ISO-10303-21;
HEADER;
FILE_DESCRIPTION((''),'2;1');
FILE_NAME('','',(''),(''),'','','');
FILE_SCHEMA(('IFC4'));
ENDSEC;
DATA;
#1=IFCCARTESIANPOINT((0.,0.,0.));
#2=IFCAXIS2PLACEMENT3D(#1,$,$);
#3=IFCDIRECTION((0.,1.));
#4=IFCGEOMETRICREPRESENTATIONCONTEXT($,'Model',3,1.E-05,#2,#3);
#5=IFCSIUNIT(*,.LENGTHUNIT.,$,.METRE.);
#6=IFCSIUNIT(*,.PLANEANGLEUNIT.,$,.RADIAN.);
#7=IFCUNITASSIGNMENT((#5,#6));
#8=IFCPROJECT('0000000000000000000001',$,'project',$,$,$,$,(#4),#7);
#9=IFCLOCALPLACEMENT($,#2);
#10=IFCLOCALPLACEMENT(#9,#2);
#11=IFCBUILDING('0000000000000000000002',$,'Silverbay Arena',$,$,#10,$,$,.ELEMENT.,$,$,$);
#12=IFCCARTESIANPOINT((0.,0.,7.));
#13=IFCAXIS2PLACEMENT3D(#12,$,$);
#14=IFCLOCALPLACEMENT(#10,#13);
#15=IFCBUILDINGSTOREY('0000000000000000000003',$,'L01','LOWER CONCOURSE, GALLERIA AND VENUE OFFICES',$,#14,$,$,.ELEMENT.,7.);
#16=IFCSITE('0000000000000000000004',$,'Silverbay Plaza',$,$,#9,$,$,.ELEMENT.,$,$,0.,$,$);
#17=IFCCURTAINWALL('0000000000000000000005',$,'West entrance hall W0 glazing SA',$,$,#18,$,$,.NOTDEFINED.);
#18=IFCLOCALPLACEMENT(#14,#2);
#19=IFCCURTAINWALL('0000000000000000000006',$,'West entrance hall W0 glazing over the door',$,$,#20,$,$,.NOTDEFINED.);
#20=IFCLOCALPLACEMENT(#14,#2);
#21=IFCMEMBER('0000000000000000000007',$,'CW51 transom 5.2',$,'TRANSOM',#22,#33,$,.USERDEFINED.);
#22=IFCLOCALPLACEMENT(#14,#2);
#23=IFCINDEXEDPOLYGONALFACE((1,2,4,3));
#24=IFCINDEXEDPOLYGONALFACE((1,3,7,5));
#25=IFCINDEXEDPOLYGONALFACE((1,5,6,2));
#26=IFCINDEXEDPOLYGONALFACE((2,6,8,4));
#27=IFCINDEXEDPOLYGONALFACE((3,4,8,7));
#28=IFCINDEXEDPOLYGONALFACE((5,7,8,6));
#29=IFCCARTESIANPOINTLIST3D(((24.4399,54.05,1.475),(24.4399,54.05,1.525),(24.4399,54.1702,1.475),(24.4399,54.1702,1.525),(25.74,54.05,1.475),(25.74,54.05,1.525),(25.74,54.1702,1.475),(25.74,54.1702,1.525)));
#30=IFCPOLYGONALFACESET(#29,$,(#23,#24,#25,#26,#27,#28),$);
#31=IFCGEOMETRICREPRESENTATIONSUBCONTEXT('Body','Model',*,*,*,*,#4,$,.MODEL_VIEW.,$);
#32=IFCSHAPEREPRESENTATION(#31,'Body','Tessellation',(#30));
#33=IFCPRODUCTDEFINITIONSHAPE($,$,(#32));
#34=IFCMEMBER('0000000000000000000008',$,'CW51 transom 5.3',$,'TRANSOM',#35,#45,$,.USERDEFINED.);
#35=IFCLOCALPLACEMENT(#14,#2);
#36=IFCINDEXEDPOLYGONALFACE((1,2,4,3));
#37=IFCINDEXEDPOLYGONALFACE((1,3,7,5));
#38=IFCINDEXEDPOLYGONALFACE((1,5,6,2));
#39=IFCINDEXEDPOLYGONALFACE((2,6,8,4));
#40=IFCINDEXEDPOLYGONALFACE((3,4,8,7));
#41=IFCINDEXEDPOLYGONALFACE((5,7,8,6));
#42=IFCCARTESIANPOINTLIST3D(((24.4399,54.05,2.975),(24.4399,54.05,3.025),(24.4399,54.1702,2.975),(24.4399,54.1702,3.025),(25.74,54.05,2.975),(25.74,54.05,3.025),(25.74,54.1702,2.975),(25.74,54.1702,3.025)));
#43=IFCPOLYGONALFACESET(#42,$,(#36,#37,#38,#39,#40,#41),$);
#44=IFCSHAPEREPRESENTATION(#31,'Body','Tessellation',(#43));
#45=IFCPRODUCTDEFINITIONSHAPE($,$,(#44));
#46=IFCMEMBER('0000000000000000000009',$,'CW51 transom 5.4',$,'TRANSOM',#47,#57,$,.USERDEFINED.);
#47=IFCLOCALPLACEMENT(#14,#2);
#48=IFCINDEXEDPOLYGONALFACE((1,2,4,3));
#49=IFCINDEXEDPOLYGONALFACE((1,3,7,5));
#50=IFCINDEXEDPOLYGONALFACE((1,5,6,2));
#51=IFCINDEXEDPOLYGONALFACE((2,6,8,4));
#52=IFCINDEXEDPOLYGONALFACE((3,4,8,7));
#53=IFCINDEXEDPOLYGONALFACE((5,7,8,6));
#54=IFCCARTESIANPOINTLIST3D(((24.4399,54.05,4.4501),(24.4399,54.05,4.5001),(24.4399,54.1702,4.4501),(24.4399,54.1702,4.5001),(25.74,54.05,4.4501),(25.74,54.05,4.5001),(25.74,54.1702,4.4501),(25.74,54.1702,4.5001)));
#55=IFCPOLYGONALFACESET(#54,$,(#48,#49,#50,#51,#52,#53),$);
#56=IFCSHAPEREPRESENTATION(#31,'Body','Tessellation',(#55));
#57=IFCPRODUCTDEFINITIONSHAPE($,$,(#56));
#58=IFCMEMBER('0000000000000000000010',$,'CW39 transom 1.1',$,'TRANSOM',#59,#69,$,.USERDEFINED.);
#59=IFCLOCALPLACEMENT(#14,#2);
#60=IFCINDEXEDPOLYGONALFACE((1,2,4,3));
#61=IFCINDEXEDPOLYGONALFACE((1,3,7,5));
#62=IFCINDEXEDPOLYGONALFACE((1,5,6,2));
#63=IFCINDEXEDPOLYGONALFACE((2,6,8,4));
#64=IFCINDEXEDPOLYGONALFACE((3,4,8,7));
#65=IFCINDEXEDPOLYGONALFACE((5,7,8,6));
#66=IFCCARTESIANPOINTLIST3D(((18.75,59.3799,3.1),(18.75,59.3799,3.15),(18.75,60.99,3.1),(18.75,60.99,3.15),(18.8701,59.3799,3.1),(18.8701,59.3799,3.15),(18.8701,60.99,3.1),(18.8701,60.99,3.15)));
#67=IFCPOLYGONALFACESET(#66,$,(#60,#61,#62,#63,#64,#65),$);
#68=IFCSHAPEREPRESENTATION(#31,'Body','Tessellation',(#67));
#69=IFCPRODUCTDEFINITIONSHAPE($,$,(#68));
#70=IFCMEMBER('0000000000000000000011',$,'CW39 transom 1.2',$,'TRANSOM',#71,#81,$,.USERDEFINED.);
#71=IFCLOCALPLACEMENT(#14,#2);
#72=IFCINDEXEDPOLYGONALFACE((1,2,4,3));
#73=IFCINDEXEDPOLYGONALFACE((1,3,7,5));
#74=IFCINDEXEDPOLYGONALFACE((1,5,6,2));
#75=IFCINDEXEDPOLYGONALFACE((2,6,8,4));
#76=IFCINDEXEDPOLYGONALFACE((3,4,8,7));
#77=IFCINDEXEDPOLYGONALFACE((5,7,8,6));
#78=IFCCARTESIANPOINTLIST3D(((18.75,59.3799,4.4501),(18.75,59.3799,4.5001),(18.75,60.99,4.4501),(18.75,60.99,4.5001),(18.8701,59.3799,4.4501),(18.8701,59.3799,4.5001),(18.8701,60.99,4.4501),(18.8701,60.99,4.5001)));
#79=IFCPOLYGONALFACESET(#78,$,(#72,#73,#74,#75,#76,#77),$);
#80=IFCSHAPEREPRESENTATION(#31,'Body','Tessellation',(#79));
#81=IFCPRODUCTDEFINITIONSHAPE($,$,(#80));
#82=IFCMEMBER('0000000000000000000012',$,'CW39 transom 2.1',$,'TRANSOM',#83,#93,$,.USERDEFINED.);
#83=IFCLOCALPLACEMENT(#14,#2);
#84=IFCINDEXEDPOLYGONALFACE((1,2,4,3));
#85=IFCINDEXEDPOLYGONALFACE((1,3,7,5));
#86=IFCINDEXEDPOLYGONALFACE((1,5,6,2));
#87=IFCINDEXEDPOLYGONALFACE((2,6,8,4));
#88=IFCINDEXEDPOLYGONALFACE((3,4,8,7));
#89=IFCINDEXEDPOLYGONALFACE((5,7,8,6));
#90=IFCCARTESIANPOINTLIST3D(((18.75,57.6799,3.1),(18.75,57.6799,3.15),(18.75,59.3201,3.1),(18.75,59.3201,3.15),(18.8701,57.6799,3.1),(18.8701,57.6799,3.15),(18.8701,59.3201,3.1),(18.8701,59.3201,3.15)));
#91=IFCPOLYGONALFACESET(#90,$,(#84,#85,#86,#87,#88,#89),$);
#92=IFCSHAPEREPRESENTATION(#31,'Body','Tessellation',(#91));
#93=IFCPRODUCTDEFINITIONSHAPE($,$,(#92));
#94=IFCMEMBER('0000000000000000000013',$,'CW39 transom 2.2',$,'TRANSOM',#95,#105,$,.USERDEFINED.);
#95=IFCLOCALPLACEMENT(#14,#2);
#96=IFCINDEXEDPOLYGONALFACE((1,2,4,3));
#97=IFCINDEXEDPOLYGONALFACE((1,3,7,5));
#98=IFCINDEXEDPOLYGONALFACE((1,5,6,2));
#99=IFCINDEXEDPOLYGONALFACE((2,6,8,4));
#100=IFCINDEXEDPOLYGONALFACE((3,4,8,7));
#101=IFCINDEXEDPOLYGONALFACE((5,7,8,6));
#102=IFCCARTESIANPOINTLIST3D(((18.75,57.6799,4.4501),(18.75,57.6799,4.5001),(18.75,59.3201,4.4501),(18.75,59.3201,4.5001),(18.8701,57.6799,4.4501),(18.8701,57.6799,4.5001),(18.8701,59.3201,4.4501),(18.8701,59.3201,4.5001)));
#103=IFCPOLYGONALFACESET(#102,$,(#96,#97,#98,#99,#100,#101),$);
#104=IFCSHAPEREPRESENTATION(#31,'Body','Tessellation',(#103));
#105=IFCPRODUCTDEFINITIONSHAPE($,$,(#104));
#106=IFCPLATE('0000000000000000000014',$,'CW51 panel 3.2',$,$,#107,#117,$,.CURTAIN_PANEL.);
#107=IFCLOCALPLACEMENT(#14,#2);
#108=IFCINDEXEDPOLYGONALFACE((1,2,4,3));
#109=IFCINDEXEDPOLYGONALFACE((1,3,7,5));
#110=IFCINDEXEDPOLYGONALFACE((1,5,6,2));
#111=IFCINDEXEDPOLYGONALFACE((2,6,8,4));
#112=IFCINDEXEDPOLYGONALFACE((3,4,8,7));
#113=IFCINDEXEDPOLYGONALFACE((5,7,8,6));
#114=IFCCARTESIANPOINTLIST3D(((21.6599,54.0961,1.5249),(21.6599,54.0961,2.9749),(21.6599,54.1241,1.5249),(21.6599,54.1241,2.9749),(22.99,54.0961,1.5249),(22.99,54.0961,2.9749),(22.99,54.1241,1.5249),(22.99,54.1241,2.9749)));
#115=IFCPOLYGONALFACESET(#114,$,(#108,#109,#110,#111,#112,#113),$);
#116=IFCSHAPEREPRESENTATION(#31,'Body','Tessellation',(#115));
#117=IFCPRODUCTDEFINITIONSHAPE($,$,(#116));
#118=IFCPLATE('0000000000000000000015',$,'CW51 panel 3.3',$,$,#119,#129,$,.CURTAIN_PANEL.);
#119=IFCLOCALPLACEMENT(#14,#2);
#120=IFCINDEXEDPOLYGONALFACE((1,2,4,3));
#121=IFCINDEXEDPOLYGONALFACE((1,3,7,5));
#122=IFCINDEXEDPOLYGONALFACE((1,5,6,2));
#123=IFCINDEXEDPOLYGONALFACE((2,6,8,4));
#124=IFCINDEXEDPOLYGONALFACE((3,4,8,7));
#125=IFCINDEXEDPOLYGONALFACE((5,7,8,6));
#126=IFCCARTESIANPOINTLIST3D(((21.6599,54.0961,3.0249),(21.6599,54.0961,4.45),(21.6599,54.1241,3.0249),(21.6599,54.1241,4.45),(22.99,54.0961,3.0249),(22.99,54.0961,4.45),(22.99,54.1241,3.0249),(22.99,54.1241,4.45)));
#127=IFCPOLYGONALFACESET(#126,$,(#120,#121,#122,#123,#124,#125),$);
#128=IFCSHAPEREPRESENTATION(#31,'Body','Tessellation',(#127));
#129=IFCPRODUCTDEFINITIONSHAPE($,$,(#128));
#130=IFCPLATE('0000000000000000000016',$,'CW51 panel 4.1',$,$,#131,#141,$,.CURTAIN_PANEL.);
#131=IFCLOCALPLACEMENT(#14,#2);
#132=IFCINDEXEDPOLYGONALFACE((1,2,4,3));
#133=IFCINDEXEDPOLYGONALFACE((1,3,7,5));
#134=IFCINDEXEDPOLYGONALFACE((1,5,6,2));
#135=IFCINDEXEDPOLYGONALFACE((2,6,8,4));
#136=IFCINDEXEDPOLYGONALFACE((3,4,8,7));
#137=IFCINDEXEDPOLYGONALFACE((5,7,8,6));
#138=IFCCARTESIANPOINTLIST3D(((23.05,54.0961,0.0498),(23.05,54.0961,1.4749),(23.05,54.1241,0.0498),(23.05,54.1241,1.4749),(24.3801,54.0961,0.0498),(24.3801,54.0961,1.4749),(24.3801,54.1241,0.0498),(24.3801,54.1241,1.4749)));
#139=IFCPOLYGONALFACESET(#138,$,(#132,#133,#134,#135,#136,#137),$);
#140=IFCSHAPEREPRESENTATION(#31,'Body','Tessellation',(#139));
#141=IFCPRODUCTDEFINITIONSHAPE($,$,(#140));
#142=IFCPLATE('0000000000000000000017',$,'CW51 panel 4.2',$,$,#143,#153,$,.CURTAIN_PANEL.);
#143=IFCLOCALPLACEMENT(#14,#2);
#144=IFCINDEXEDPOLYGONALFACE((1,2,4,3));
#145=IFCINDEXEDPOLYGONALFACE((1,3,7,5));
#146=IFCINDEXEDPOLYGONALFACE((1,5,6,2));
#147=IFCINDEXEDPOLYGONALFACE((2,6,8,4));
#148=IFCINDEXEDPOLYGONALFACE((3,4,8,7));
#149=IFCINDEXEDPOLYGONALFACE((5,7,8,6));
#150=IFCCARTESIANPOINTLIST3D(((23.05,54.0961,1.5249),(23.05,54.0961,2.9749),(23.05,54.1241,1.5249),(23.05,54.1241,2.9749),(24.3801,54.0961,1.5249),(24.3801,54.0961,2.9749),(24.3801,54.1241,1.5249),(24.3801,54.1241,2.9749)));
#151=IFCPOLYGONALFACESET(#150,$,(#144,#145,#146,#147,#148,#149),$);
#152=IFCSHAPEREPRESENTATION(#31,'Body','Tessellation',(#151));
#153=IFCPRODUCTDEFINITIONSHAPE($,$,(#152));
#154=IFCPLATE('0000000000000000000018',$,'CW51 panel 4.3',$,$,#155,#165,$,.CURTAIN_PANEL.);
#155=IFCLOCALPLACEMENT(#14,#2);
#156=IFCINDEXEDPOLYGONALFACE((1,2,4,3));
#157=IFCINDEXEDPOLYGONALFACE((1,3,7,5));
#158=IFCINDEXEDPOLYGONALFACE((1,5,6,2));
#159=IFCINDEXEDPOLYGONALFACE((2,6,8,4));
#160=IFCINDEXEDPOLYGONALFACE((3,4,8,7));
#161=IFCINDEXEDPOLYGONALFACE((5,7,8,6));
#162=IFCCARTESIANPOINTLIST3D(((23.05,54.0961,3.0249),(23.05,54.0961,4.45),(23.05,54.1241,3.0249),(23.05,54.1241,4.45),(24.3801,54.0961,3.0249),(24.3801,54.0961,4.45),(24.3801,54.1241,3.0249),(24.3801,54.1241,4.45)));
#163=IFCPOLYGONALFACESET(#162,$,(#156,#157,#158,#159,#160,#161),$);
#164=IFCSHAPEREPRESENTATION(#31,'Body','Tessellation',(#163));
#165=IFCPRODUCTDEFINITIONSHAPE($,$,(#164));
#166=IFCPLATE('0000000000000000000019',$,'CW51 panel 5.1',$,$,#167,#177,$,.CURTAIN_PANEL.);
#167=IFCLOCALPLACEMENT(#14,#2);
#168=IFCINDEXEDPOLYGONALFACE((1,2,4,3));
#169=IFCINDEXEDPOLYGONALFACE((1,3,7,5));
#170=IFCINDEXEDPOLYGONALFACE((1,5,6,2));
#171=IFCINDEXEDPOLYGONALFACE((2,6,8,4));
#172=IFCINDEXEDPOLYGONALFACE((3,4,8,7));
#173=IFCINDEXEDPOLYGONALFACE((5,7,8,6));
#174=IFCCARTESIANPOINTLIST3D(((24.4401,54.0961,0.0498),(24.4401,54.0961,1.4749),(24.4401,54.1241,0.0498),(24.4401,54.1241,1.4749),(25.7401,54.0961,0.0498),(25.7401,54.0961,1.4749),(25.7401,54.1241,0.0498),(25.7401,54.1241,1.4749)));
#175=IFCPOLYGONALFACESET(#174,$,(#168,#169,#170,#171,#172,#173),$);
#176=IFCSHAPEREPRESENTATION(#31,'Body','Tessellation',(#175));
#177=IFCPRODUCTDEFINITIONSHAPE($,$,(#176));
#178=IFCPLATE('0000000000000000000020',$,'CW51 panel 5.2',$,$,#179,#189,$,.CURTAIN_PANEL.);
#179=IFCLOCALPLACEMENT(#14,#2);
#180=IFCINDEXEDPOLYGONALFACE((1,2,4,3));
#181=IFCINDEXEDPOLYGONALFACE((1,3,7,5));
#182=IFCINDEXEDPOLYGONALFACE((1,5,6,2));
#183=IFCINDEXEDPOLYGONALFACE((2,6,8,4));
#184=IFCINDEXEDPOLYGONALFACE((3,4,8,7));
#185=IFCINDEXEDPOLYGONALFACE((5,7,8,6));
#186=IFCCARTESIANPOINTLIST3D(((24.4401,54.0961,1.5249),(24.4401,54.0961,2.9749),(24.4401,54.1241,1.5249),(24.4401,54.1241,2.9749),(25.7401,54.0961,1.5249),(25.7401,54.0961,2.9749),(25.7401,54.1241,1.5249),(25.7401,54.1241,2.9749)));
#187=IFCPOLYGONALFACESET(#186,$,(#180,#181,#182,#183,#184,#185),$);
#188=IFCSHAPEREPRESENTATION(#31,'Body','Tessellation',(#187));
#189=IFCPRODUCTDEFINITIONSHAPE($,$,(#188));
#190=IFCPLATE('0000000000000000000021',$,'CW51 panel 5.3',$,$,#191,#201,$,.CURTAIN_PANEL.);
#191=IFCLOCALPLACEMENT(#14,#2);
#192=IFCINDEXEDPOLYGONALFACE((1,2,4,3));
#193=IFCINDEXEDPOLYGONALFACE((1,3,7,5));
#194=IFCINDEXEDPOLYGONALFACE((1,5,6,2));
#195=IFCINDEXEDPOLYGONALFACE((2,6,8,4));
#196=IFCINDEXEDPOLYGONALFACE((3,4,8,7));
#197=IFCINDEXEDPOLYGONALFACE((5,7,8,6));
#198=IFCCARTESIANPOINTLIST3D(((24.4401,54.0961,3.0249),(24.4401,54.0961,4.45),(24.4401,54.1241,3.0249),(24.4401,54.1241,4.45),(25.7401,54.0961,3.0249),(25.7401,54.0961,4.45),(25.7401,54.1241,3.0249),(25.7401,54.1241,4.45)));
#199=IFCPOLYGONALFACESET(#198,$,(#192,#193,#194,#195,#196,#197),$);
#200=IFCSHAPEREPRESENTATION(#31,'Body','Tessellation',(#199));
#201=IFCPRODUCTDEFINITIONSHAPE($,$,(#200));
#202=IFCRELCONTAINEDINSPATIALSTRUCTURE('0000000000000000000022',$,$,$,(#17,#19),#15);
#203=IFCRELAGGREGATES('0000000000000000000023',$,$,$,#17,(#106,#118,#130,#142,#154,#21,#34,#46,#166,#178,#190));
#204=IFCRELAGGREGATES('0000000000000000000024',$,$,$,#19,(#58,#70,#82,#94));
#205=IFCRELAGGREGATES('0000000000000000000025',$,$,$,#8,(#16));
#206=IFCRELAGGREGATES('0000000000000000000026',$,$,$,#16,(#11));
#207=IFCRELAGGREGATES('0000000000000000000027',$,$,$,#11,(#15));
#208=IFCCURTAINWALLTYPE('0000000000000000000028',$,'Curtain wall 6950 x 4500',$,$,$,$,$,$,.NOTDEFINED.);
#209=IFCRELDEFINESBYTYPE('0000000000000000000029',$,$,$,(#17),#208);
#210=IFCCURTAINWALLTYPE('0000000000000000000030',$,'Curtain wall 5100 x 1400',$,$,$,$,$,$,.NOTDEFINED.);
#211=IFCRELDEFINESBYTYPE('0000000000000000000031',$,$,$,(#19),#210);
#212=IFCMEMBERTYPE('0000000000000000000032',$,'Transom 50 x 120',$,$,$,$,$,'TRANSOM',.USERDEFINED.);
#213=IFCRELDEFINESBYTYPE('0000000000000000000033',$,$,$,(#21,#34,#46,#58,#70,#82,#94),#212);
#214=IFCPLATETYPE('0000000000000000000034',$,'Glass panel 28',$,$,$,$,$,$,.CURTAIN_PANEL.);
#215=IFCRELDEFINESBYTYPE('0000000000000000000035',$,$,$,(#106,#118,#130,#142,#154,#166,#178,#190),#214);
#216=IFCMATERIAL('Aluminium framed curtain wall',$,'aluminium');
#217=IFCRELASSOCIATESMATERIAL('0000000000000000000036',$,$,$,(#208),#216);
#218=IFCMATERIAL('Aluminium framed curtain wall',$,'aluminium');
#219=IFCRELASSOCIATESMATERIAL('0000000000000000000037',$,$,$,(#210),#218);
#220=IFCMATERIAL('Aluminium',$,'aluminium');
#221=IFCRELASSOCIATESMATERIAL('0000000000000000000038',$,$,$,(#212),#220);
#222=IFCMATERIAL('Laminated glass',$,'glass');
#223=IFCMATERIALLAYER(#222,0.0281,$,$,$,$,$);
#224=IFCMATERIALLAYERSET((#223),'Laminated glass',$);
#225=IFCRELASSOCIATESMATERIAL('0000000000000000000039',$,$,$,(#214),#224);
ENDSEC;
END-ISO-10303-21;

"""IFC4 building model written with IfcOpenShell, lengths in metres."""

from ifc_helpers import new_model, si_unit, direction, frame, origin, origin_2d, place, context, subcontext, project, spatial, rectangle, extrude, material, layer, layer_set, material_profile, profile_set, type_object, element, aggregate, save


model = new_model("IFC4")

# Units and contexts
model_context = context("Model", 3, precision=1e-05, world=origin(), true_north=direction((0.0, 1.0)))
body_context = subcontext(model_context, "Body", "Model", "MODEL_VIEW")
ifc_project = project(units=[si_unit("LENGTHUNIT", "METRE"), si_unit("PLANEANGLEUNIT", "RADIAN")], contexts=[model_context])

# Site, building, storey
site_placement = place(None, origin())
site = spatial("IfcSite", under=ifc_project, at=site_placement, Name="Silverbay Plaza", CompositionType="ELEMENT", RefElevation=0.0)
building_placement = place(site_placement, origin())
building = spatial("IfcBuilding", under=site, at=building_placement, Name="Silverbay Arena", CompositionType="ELEMENT")
storey_placement = place(building_placement, frame((0.0, 0.0, 7.0)))
storey = spatial("IfcBuildingStorey", under=building, at=storey_placement, Name="L01", Description="LOWER CONCOURSE, GALLERIA AND VENUE OFFICES", CompositionType="ELEMENT", Elevation=7.0)

# Curtain walls
ifc_material_1 = material(Name="Aluminium framed curtain wall", Category="aluminium")
curtain_wall_type_1 = type_object("IfcCurtainWallType", Name="Curtain wall 6950 x 4500", PredefinedType="NOTDEFINED", material=ifc_material_1)
curtain_wall_1_placement = place(storey_placement, origin())
curtain_wall_1 = element("IfcCurtainWall", 1, at=curtain_wall_1_placement, inside=storey, type_object=curtain_wall_type_1, Name="West entrance hall W0 glazing SA", PredefinedType="NOTDEFINED")
ifc_material_2 = material(Name="Aluminium framed curtain wall", Category="aluminium")
curtain_wall_type_2 = type_object("IfcCurtainWallType", Name="Curtain wall 5100 x 1400", PredefinedType="NOTDEFINED", material=ifc_material_2)
curtain_wall_2_placement = place(storey_placement, origin())
curtain_wall_2 = element("IfcCurtainWall", 2, at=curtain_wall_2_placement, inside=storey, type_object=curtain_wall_type_2, Name="West entrance hall W0 glazing over the door", PredefinedType="NOTDEFINED")

# Members
ifc_material_3 = material(Name="Aluminium", Category="aluminium")
ifc_material_profile_1 = material_profile(ifc_material_3, rectangle(XDim=0.1201, YDim=0.05, at=origin_2d()), Name="Transom 50 x 120")
ifc_profile_set_1 = profile_set([ifc_material_profile_1], Name="Aluminium")
member_type_1 = type_object("IfcMemberType", Name="Transom 50 x 120", ElementType="TRANSOM", PredefinedType="USERDEFINED", material=ifc_profile_set_1)
member_1_placement = place(storey_placement, frame((24.4399, 54.1101, 1.5), z_axis=(1.0, 0.0, 0.0), x_axis=(0.0, 1.0, 0.0)))
member_1 = element("IfcMember", 3, at=member_1_placement, type_object=member_type_1, Name="CW51 transom 5.2", ObjectType="TRANSOM", PredefinedType="USERDEFINED", context=body_context, shape_type="SweptSolid", body=[
    extrude(rectangle(XDim=0.1201, YDim=0.05, at=origin_2d()), origin(), (0.0, 0.0, 1.0), 1.3),
])
member_2_placement = place(storey_placement, frame((24.4399, 54.1101, 3.0), z_axis=(1.0, 0.0, 0.0), x_axis=(0.0, 1.0, 0.0)))
member_2 = element("IfcMember", 4, at=member_2_placement, type_object=member_type_1, Name="CW51 transom 5.3", ObjectType="TRANSOM", PredefinedType="USERDEFINED", context=body_context, shape_type="SweptSolid", body=[
    extrude(rectangle(XDim=0.1201, YDim=0.05, at=origin_2d()), origin(), (0.0, 0.0, 1.0), 1.3),
])
member_3_placement = place(storey_placement, frame((24.4399, 54.1101, 4.4751), z_axis=(1.0, 0.0, 0.0), x_axis=(0.0, 1.0, 0.0)))
member_3 = element("IfcMember", 5, at=member_3_placement, type_object=member_type_1, Name="CW51 transom 5.4", ObjectType="TRANSOM", PredefinedType="USERDEFINED", context=body_context, shape_type="SweptSolid", body=[
    extrude(rectangle(XDim=0.1201, YDim=0.05, at=origin_2d()), origin(), (0.0, 0.0, 1.0), 1.3),
])
member_4_placement = place(storey_placement, frame((18.8101, 60.99, 3.125), z_axis=(0.0, -1.0, 0.0), x_axis=(1.0, 0.0, 0.0)))
member_4 = element("IfcMember", 6, at=member_4_placement, type_object=member_type_1, Name="CW39 transom 1.1", ObjectType="TRANSOM", PredefinedType="USERDEFINED", context=body_context, shape_type="SweptSolid", body=[
    extrude(rectangle(XDim=0.1201, YDim=0.05, at=origin_2d()), origin(), (0.0, 0.0, 1.0), 1.6101),
])
member_5_placement = place(storey_placement, frame((18.8101, 60.99, 4.4751), z_axis=(0.0, -1.0, 0.0), x_axis=(1.0, 0.0, 0.0)))
member_5 = element("IfcMember", 7, at=member_5_placement, type_object=member_type_1, Name="CW39 transom 1.2", ObjectType="TRANSOM", PredefinedType="USERDEFINED", context=body_context, shape_type="SweptSolid", body=[
    extrude(rectangle(XDim=0.1201, YDim=0.05, at=origin_2d()), origin(), (0.0, 0.0, 1.0), 1.6101),
])
member_6_placement = place(storey_placement, frame((18.8101, 59.3201, 3.125), z_axis=(0.0, -1.0, 0.0), x_axis=(1.0, 0.0, 0.0)))
member_6 = element("IfcMember", 8, at=member_6_placement, type_object=member_type_1, Name="CW39 transom 2.1", ObjectType="TRANSOM", PredefinedType="USERDEFINED", context=body_context, shape_type="SweptSolid", body=[
    extrude(rectangle(XDim=0.1201, YDim=0.05, at=origin_2d()), origin(), (0.0, 0.0, 1.0), 1.6401),
])
member_7_placement = place(storey_placement, frame((18.8101, 59.3201, 4.4751), z_axis=(0.0, -1.0, 0.0), x_axis=(1.0, 0.0, 0.0)))
member_7 = element("IfcMember", 9, at=member_7_placement, type_object=member_type_1, Name="CW39 transom 2.2", ObjectType="TRANSOM", PredefinedType="USERDEFINED", context=body_context, shape_type="SweptSolid", body=[
    extrude(rectangle(XDim=0.1201, YDim=0.05, at=origin_2d()), origin(), (0.0, 0.0, 1.0), 1.6401),
])

# Plates
ifc_material_4 = material(Name="Laminated glass", Category="glass")
ifc_layer = layer(ifc_material_4, 0.0281)
ifc_layer_set = layer_set([ifc_layer], Name="Laminated glass")
plate_type = type_object("IfcPlateType", Name="Glass panel 28", PredefinedType="CURTAIN_PANEL", material=ifc_layer_set)
plate_1_placement = place(storey_placement, frame((22.325, 54.1101, 1.5249), z_axis=(0.0, 0.0, 1.0), x_axis=(1.0, 0.0, 0.0)))
plate_1 = element("IfcPlate", 10, at=plate_1_placement, type_object=plate_type, Name="CW51 panel 3.2", PredefinedType="CURTAIN_PANEL", context=body_context, shape_type="SweptSolid", body=[
    extrude(rectangle(XDim=1.3301, YDim=0.0281, at=origin_2d()), origin(), (0.0, 0.0, 1.0), 1.45),
])
plate_2_placement = place(storey_placement, frame((22.325, 54.1101, 3.0249), z_axis=(0.0, 0.0, 1.0), x_axis=(1.0, 0.0, 0.0)))
plate_2 = element("IfcPlate", 11, at=plate_2_placement, type_object=plate_type, Name="CW51 panel 3.3", PredefinedType="CURTAIN_PANEL", context=body_context, shape_type="SweptSolid", body=[
    extrude(rectangle(XDim=1.3301, YDim=0.0281, at=origin_2d()), origin(), (0.0, 0.0, 1.0), 1.425),
])
plate_3_placement = place(storey_placement, frame((23.7151, 54.1101, 0.0498), z_axis=(0.0, 0.0, 1.0), x_axis=(1.0, 0.0, 0.0)))
plate_3 = element("IfcPlate", 12, at=plate_3_placement, type_object=plate_type, Name="CW51 panel 4.1", PredefinedType="CURTAIN_PANEL", context=body_context, shape_type="SweptSolid", body=[
    extrude(rectangle(XDim=1.3301, YDim=0.0281, at=origin_2d()), origin(), (0.0, 0.0, 1.0), 1.425),
])
plate_4_placement = place(storey_placement, frame((23.7151, 54.1101, 1.5249), z_axis=(0.0, 0.0, 1.0), x_axis=(1.0, 0.0, 0.0)))
plate_4 = element("IfcPlate", 13, at=plate_4_placement, type_object=plate_type, Name="CW51 panel 4.2", PredefinedType="CURTAIN_PANEL", context=body_context, shape_type="SweptSolid", body=[
    extrude(rectangle(XDim=1.3301, YDim=0.0281, at=origin_2d()), origin(), (0.0, 0.0, 1.0), 1.45),
])
plate_5_placement = place(storey_placement, frame((23.7151, 54.1101, 3.0249), z_axis=(0.0, 0.0, 1.0), x_axis=(1.0, 0.0, 0.0)))
plate_5 = element("IfcPlate", 14, at=plate_5_placement, type_object=plate_type, Name="CW51 panel 4.3", PredefinedType="CURTAIN_PANEL", context=body_context, shape_type="SweptSolid", body=[
    extrude(rectangle(XDim=1.3301, YDim=0.0281, at=origin_2d()), origin(), (0.0, 0.0, 1.0), 1.425),
])
plate_6_placement = place(storey_placement, frame((25.0901, 54.1101, 0.0498), z_axis=(0.0, 0.0, 1.0), x_axis=(1.0, 0.0, 0.0)))
plate_6 = element("IfcPlate", 15, at=plate_6_placement, type_object=plate_type, Name="CW51 panel 5.1", PredefinedType="CURTAIN_PANEL", context=body_context, shape_type="SweptSolid", body=[
    extrude(rectangle(XDim=1.3, YDim=0.0281, at=origin_2d()), origin(), (0.0, 0.0, 1.0), 1.425),
])
plate_7_placement = place(storey_placement, frame((25.0901, 54.1101, 1.5249), z_axis=(0.0, 0.0, 1.0), x_axis=(1.0, 0.0, 0.0)))
plate_7 = element("IfcPlate", 16, at=plate_7_placement, type_object=plate_type, Name="CW51 panel 5.2", PredefinedType="CURTAIN_PANEL", context=body_context, shape_type="SweptSolid", body=[
    extrude(rectangle(XDim=1.3, YDim=0.0281, at=origin_2d()), origin(), (0.0, 0.0, 1.0), 1.45),
])
plate_8_placement = place(storey_placement, frame((25.0901, 54.1101, 3.0249), z_axis=(0.0, 0.0, 1.0), x_axis=(1.0, 0.0, 0.0)))
plate_8 = element("IfcPlate", 17, at=plate_8_placement, type_object=plate_type, Name="CW51 panel 5.3", PredefinedType="CURTAIN_PANEL", context=body_context, shape_type="SweptSolid", body=[
    extrude(rectangle(XDim=1.3, YDim=0.0281, at=origin_2d()), origin(), (0.0, 0.0, 1.0), 1.425),
])
aggregate(curtain_wall_1, [plate_1, plate_2, plate_3, plate_4, plate_5, member_1, member_2, member_3, plate_6, plate_7, plate_8])
aggregate(curtain_wall_2, [member_4, member_5, member_6, member_7])

save(model, "model.ifc")
